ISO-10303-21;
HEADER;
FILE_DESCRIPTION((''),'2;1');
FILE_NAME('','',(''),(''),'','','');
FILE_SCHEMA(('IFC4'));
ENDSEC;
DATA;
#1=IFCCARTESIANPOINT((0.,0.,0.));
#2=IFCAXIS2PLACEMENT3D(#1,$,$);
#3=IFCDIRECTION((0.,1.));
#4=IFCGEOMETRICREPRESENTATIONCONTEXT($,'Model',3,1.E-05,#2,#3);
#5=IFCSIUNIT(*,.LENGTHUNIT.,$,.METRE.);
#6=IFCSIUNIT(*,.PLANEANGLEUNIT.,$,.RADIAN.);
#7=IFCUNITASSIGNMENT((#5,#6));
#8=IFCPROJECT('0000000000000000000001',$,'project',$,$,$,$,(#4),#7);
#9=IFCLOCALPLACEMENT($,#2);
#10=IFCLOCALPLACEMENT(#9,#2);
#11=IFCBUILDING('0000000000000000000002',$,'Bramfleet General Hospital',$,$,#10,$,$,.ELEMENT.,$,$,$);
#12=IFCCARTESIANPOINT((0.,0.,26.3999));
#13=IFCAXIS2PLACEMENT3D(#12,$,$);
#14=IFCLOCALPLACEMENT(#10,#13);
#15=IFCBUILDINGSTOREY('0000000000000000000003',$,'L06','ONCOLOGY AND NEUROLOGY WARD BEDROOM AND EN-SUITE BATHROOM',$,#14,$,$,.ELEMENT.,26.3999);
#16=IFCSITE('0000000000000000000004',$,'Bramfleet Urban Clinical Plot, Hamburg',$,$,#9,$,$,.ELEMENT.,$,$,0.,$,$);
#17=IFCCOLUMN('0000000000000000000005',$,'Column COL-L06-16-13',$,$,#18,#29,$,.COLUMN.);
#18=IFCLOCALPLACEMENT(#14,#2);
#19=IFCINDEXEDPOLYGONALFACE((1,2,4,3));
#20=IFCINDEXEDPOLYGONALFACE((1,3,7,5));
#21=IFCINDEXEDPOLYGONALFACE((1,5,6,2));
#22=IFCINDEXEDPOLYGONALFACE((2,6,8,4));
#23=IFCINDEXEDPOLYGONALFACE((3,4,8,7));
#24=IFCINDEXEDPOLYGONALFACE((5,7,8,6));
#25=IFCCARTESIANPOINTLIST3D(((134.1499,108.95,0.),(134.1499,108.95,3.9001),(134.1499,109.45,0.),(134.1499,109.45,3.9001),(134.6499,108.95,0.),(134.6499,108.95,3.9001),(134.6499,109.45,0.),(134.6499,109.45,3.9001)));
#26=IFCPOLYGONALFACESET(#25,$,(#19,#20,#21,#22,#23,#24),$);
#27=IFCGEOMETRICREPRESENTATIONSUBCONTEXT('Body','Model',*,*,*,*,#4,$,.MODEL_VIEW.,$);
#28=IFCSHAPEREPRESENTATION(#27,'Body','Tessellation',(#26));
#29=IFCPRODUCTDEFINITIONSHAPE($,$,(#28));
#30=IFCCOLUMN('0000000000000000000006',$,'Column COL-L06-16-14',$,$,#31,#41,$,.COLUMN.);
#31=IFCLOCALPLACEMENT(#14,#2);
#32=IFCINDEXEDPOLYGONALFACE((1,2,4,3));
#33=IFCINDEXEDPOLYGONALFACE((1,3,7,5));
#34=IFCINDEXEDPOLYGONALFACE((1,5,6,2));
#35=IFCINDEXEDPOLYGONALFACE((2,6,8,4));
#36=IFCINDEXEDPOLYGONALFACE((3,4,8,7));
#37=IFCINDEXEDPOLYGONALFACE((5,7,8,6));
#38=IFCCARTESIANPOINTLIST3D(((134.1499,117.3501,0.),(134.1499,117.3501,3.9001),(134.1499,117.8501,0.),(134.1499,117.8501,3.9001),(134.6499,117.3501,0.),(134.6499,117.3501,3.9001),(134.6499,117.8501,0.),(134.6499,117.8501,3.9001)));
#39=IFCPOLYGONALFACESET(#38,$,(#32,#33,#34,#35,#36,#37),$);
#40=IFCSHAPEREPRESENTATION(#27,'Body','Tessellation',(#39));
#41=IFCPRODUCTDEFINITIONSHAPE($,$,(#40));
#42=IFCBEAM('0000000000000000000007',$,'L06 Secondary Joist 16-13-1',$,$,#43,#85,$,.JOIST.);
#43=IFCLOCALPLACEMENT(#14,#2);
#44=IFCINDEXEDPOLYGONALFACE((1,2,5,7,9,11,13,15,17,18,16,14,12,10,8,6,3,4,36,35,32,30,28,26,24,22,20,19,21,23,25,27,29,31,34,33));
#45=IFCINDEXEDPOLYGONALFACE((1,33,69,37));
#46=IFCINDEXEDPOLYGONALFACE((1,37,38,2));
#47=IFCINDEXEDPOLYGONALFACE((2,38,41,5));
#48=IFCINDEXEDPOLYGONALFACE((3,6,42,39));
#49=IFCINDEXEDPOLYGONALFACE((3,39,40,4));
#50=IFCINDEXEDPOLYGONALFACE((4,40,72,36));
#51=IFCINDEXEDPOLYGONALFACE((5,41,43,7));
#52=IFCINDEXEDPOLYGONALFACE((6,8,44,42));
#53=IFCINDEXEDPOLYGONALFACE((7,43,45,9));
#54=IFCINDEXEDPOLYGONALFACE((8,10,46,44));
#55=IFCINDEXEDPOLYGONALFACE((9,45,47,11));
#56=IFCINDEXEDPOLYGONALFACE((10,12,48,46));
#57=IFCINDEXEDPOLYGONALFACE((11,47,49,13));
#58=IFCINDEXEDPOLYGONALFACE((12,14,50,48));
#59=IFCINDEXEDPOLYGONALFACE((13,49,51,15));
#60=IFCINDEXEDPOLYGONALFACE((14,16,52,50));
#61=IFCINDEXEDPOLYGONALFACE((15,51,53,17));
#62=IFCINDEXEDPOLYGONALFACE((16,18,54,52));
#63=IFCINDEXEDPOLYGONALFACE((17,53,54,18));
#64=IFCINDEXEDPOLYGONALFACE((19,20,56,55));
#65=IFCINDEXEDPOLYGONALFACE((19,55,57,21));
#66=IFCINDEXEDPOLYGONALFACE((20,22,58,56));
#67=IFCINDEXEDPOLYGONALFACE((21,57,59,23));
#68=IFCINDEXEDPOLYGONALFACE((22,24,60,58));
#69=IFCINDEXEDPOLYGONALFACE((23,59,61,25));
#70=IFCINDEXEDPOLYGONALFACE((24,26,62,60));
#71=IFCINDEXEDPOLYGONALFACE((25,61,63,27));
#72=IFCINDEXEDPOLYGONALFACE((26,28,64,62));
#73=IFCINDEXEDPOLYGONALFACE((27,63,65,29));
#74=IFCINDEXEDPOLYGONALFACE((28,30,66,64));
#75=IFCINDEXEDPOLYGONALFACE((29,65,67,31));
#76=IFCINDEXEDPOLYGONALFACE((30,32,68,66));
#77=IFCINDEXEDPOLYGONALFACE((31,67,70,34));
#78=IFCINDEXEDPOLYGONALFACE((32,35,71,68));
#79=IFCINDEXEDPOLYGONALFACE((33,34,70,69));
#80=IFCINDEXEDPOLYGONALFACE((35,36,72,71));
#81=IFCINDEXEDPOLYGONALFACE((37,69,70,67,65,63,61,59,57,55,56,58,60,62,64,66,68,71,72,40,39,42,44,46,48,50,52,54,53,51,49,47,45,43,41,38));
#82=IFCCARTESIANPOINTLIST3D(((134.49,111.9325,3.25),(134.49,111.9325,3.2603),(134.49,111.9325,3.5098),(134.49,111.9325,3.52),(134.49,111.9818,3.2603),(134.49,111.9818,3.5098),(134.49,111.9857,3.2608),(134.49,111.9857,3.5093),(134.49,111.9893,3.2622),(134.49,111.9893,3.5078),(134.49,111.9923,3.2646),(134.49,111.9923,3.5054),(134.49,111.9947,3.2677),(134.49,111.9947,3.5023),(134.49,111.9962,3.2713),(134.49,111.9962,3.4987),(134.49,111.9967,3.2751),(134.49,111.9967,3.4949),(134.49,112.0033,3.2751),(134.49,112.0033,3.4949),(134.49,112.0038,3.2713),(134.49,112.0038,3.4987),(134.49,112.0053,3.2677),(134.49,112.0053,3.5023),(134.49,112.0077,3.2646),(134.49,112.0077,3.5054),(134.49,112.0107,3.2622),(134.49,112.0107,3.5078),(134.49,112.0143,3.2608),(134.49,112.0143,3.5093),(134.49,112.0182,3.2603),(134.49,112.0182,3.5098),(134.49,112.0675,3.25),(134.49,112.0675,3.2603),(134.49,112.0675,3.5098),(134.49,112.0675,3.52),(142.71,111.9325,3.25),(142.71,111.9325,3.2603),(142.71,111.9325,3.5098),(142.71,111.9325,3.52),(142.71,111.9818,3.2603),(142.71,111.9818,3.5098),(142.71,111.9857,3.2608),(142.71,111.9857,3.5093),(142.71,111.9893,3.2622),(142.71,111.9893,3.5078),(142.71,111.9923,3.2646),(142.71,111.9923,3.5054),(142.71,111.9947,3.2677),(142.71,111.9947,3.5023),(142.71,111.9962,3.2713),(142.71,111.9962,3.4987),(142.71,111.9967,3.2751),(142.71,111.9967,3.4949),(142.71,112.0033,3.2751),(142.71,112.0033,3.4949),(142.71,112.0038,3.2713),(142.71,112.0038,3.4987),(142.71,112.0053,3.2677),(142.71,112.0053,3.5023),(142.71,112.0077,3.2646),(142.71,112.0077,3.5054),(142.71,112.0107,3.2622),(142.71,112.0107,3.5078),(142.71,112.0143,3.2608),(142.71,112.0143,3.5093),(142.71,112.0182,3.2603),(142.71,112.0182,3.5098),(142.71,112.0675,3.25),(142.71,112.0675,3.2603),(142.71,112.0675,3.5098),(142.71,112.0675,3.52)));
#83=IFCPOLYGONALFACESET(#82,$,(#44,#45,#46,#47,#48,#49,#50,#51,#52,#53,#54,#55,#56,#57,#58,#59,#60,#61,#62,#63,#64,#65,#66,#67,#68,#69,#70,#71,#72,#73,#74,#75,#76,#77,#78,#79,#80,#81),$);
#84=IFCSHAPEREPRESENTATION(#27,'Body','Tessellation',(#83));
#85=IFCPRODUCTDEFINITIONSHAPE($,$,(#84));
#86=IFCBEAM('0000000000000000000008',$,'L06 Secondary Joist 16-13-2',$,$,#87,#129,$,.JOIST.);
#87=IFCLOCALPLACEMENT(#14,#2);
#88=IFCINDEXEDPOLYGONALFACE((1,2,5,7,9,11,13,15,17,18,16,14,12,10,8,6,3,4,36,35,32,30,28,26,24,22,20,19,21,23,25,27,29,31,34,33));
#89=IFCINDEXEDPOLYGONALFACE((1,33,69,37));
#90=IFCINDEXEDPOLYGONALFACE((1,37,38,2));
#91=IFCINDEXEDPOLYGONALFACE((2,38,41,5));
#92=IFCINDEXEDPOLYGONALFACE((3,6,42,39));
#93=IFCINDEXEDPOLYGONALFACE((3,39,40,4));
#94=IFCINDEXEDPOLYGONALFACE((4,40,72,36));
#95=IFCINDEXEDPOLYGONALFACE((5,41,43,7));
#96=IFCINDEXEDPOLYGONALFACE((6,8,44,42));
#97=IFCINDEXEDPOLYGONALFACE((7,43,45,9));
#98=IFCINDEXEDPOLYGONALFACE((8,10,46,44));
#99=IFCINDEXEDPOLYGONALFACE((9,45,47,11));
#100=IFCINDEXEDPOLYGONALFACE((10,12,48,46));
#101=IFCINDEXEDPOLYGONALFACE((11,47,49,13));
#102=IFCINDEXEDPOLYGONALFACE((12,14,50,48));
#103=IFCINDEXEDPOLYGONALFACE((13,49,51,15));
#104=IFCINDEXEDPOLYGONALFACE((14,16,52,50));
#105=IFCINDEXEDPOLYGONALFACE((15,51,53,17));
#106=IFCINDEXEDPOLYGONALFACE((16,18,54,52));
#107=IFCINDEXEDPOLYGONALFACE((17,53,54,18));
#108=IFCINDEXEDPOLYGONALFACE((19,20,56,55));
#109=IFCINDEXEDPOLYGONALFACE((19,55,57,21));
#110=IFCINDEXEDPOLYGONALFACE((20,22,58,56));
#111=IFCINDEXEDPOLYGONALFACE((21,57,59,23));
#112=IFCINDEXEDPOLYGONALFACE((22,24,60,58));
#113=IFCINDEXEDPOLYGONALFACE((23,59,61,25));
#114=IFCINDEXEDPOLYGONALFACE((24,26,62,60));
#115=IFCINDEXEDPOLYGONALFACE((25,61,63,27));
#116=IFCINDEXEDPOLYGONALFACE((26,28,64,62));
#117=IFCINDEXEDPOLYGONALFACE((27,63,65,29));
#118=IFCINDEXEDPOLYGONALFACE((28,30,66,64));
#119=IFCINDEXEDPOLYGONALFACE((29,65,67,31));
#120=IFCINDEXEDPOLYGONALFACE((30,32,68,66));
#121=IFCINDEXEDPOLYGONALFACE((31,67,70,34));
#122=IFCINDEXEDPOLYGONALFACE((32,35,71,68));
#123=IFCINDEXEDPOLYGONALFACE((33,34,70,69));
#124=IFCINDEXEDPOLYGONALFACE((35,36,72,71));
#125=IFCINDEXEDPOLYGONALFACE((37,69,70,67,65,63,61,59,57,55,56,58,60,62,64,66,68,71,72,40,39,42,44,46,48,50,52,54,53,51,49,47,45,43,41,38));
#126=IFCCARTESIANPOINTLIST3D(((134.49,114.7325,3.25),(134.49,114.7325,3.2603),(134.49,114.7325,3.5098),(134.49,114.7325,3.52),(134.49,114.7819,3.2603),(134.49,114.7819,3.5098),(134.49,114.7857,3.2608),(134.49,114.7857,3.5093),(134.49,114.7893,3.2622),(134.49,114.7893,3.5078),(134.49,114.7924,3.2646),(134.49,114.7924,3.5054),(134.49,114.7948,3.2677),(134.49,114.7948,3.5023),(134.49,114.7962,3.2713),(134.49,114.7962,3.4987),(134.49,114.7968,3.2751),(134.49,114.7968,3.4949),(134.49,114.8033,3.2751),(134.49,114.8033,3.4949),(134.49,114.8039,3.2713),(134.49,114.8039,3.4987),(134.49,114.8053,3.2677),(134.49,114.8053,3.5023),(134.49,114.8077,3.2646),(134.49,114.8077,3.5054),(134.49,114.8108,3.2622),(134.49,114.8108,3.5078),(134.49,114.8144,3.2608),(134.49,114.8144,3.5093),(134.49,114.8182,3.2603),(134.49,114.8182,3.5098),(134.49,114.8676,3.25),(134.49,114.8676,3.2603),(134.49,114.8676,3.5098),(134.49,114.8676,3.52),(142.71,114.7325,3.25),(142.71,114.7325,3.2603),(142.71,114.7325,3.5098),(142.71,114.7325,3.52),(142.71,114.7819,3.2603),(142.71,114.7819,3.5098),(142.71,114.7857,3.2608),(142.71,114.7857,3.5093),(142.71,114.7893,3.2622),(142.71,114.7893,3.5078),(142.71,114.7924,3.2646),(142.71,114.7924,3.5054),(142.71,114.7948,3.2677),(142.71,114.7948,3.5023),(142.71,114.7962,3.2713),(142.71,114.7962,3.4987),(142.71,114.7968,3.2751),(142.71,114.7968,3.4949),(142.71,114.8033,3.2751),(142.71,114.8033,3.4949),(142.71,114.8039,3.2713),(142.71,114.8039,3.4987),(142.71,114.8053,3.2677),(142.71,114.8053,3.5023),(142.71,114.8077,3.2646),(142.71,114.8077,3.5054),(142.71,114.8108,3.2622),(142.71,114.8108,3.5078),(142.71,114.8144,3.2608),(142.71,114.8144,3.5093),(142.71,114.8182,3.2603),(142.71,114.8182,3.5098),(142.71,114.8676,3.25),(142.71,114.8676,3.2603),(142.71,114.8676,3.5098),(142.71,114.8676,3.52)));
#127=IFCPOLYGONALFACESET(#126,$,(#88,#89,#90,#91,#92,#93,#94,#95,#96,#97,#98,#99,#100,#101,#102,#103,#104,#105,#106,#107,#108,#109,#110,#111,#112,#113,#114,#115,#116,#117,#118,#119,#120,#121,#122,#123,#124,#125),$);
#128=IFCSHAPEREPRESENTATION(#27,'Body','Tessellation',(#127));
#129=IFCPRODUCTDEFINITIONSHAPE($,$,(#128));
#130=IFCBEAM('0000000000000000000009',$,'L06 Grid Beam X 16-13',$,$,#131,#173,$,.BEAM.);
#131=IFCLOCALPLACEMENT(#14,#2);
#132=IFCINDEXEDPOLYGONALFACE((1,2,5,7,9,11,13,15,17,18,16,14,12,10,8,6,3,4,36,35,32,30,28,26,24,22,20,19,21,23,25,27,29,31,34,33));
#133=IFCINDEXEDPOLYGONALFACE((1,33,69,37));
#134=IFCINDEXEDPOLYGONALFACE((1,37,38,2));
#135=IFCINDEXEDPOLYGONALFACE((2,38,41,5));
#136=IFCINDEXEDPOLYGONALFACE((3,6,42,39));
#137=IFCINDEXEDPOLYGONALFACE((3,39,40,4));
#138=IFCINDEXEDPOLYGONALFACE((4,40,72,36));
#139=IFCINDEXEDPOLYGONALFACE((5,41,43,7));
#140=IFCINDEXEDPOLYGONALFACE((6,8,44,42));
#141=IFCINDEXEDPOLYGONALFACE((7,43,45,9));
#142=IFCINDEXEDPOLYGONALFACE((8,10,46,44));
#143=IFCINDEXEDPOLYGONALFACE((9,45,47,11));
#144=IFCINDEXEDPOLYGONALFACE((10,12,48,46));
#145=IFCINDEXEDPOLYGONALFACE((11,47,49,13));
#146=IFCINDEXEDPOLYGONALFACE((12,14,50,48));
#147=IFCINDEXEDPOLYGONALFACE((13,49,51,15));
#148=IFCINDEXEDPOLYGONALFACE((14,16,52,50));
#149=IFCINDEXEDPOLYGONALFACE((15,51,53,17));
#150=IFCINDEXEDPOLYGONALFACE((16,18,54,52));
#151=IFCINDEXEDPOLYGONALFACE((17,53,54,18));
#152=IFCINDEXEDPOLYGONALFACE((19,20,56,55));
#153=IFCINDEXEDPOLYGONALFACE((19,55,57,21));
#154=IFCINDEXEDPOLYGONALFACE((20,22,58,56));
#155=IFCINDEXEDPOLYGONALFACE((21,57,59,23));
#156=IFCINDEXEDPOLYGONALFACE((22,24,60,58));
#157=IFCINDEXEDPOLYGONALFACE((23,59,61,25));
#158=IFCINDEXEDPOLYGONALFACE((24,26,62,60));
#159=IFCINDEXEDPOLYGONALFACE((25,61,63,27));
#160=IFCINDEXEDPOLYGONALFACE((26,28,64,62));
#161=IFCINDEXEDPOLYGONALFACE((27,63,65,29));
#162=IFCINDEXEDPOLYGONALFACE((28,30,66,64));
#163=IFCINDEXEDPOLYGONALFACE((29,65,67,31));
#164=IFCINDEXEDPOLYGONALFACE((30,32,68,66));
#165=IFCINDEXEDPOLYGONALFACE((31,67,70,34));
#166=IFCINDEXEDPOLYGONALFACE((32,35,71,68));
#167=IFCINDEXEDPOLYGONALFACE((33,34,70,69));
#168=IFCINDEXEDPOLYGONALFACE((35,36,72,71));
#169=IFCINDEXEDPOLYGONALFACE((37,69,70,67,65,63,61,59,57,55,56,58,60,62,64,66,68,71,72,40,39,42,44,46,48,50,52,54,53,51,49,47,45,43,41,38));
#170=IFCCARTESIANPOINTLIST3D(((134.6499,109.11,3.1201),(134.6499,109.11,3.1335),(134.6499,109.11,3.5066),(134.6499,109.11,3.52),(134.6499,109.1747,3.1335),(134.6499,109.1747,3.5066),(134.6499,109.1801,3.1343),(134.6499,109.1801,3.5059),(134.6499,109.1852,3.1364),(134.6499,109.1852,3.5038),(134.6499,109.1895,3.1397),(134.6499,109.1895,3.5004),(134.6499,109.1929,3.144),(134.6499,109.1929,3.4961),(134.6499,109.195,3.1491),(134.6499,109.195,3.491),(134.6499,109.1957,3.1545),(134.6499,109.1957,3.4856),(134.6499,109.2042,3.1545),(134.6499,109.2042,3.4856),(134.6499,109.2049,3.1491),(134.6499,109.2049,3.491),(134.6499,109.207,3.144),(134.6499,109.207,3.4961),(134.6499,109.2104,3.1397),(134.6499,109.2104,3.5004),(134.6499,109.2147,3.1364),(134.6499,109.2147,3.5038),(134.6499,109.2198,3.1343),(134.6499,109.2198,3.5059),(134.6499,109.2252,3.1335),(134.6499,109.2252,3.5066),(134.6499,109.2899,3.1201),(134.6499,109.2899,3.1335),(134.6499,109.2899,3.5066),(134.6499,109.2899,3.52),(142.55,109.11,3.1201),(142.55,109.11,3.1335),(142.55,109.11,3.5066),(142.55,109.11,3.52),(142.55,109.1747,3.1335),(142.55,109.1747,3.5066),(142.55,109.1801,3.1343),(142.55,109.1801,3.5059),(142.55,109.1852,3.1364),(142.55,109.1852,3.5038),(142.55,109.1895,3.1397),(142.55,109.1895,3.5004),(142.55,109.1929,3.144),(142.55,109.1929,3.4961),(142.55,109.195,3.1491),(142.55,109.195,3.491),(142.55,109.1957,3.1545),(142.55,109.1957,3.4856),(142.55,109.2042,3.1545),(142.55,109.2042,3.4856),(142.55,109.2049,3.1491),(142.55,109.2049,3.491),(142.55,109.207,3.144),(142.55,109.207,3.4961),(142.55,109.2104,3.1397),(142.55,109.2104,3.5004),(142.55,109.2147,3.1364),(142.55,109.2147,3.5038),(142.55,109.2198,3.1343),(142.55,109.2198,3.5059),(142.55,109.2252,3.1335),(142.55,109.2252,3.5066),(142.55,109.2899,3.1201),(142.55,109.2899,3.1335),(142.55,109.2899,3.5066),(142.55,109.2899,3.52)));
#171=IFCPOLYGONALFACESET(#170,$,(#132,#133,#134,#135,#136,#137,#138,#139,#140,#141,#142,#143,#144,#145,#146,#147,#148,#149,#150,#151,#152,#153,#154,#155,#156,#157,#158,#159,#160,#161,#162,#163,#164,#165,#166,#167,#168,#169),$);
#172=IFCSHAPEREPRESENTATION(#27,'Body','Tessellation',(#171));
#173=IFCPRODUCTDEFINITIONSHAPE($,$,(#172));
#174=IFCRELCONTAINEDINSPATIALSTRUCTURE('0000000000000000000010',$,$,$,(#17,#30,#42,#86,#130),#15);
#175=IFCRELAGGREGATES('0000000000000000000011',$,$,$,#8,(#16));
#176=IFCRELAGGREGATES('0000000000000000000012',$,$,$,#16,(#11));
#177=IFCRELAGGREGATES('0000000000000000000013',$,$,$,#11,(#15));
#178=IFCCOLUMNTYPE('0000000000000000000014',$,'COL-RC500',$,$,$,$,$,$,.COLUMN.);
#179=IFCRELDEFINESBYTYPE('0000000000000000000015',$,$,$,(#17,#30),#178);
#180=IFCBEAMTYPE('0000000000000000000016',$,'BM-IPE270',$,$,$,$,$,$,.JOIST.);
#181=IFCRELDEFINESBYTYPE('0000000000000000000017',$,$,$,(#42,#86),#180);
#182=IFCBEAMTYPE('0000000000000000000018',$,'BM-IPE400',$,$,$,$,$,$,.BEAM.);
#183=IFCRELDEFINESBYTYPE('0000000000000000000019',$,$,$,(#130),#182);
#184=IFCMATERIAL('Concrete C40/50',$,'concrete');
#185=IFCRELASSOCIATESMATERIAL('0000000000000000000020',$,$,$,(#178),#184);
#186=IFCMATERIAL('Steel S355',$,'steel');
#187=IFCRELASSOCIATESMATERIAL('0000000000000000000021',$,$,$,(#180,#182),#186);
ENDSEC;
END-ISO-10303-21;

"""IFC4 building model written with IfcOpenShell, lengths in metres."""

from ifc_helpers import new_model, si_unit, direction, frame, origin, origin_2d, place, context, subcontext, project, spatial, rectangle, i_section, extrude, material, material_profile, profile_set, type_object, element, save


model = new_model("IFC4")

# Units and contexts
model_context = context("Model", 3, precision=1e-05, world=origin(), true_north=direction((0.0, 1.0)))
body_context = subcontext(model_context, "Body", "Model", "MODEL_VIEW")
ifc_project = project(units=[si_unit("LENGTHUNIT", "METRE"), si_unit("PLANEANGLEUNIT", "RADIAN")], contexts=[model_context])

# Site, building, storey
site_placement = place(None, origin())
site = spatial("IfcSite", under=ifc_project, at=site_placement, Name="Bramfleet Urban Clinical Plot, Hamburg", CompositionType="ELEMENT", RefElevation=0.0)
building_placement = place(site_placement, origin())
building = spatial("IfcBuilding", under=site, at=building_placement, Name="Bramfleet General Hospital", CompositionType="ELEMENT")
storey_placement = place(building_placement, frame((0.0, 0.0, 26.3999)))
storey = spatial("IfcBuildingStorey", under=building, at=storey_placement, Name="L06", Description="ONCOLOGY AND NEUROLOGY WARD BEDROOM AND EN-SUITE BATHROOM", CompositionType="ELEMENT", Elevation=26.3999)

# Columns
ifc_material_1 = material(Name="Concrete C40/50", Category="concrete")
ifc_material_profile_1 = material_profile(ifc_material_1, rectangle(XDim=0.5, YDim=0.5, at=origin_2d()), Name="RC COL 500x500")
ifc_profile_set_1 = profile_set([ifc_material_profile_1], Name="Concrete C40/50")
column_type = type_object("IfcColumnType", Name="COL-RC500", PredefinedType="COLUMN", material=ifc_profile_set_1)
for number, where, z_axis, x_axis, name in (
    (1, (134.3999, 109.2, 0.0), (0.0, 0.0, 1.0), (1.0, 0.0, 0.0), "Column COL-L06-16-13"),
    (2, (134.3999, 117.6001, 0.0), (0.0, 0.0, 1.0), (1.0, 0.0, 0.0), "Column COL-L06-16-14"),
):
    element("IfcColumn", number, at=place(storey_placement, frame(where, z_axis=z_axis, x_axis=x_axis)), inside=storey, type_object=column_type, Name=name, PredefinedType="COLUMN", context=body_context, shape_type="SweptSolid", body=[
        extrude(rectangle(XDim=0.5, YDim=0.5, at=origin_2d()), origin(), (0.0, 0.0, 1.0), 3.9001),
    ])

# Beams
ifc_material_2 = material(Name="Steel S355", Category="steel")
ifc_material_profile_2 = material_profile(ifc_material_2, i_section(OverallWidth=0.135, OverallDepth=0.27, WebThickness=0.0066, FlangeThickness=0.0103, FilletRadius=0.0149, at=origin_2d()), Name="IPE 270")
ifc_profile_set_2 = profile_set([ifc_material_profile_2], Name="Steel S355")
beam_type_1 = type_object("IfcBeamType", Name="BM-IPE270", PredefinedType="JOIST", material=ifc_profile_set_2)
for number, where, z_axis, x_axis, name in (
    (3, (134.49, 112.0, 3.385), (1.0, 0.0, 0.0), (0.0, 1.0, 0.0), "L06 Secondary Joist 16-13-1"),
    (4, (134.49, 114.8, 3.385), (1.0, 0.0, 0.0), (0.0, 1.0, 0.0), "L06 Secondary Joist 16-13-2"),
):
    element("IfcBeam", number, at=place(storey_placement, frame(where, z_axis=z_axis, x_axis=x_axis)), inside=storey, type_object=beam_type_1, Name=name, PredefinedType="JOIST", context=body_context, shape_type="SweptSolid", body=[
        extrude(i_section(OverallWidth=0.135, OverallDepth=0.27, WebThickness=0.0066, FlangeThickness=0.0103, FilletRadius=0.0149, at=origin_2d()), origin(), (0.0, 0.0, 1.0), 8.22),
    ])
ifc_material_profile_3 = material_profile(ifc_material_2, i_section(OverallWidth=0.1799, OverallDepth=0.3999, WebThickness=0.0085, FlangeThickness=0.0134, FilletRadius=0.021, at=origin_2d()), Name="IPE 400")
ifc_profile_set_3 = profile_set([ifc_material_profile_3], Name="Steel S355")
beam_type_2 = type_object("IfcBeamType", Name="BM-IPE400", PredefinedType="BEAM", material=ifc_profile_set_3)
beam_1_placement = place(storey_placement, frame((134.6499, 109.2, 3.3201), z_axis=(1.0, 0.0, 0.0), x_axis=(0.0, 1.0, 0.0)))
element("IfcBeam", 5, at=beam_1_placement, inside=storey, type_object=beam_type_2, Name="L06 Grid Beam X 16-13", PredefinedType="BEAM", context=body_context, shape_type="SweptSolid", body=[
    extrude(i_section(OverallWidth=0.1799, OverallDepth=0.3999, WebThickness=0.0085, FlangeThickness=0.0134, FilletRadius=0.021, at=origin_2d()), origin(), (0.0, 0.0, 1.0), 7.9001),
])

save(model, "model.ifc")
